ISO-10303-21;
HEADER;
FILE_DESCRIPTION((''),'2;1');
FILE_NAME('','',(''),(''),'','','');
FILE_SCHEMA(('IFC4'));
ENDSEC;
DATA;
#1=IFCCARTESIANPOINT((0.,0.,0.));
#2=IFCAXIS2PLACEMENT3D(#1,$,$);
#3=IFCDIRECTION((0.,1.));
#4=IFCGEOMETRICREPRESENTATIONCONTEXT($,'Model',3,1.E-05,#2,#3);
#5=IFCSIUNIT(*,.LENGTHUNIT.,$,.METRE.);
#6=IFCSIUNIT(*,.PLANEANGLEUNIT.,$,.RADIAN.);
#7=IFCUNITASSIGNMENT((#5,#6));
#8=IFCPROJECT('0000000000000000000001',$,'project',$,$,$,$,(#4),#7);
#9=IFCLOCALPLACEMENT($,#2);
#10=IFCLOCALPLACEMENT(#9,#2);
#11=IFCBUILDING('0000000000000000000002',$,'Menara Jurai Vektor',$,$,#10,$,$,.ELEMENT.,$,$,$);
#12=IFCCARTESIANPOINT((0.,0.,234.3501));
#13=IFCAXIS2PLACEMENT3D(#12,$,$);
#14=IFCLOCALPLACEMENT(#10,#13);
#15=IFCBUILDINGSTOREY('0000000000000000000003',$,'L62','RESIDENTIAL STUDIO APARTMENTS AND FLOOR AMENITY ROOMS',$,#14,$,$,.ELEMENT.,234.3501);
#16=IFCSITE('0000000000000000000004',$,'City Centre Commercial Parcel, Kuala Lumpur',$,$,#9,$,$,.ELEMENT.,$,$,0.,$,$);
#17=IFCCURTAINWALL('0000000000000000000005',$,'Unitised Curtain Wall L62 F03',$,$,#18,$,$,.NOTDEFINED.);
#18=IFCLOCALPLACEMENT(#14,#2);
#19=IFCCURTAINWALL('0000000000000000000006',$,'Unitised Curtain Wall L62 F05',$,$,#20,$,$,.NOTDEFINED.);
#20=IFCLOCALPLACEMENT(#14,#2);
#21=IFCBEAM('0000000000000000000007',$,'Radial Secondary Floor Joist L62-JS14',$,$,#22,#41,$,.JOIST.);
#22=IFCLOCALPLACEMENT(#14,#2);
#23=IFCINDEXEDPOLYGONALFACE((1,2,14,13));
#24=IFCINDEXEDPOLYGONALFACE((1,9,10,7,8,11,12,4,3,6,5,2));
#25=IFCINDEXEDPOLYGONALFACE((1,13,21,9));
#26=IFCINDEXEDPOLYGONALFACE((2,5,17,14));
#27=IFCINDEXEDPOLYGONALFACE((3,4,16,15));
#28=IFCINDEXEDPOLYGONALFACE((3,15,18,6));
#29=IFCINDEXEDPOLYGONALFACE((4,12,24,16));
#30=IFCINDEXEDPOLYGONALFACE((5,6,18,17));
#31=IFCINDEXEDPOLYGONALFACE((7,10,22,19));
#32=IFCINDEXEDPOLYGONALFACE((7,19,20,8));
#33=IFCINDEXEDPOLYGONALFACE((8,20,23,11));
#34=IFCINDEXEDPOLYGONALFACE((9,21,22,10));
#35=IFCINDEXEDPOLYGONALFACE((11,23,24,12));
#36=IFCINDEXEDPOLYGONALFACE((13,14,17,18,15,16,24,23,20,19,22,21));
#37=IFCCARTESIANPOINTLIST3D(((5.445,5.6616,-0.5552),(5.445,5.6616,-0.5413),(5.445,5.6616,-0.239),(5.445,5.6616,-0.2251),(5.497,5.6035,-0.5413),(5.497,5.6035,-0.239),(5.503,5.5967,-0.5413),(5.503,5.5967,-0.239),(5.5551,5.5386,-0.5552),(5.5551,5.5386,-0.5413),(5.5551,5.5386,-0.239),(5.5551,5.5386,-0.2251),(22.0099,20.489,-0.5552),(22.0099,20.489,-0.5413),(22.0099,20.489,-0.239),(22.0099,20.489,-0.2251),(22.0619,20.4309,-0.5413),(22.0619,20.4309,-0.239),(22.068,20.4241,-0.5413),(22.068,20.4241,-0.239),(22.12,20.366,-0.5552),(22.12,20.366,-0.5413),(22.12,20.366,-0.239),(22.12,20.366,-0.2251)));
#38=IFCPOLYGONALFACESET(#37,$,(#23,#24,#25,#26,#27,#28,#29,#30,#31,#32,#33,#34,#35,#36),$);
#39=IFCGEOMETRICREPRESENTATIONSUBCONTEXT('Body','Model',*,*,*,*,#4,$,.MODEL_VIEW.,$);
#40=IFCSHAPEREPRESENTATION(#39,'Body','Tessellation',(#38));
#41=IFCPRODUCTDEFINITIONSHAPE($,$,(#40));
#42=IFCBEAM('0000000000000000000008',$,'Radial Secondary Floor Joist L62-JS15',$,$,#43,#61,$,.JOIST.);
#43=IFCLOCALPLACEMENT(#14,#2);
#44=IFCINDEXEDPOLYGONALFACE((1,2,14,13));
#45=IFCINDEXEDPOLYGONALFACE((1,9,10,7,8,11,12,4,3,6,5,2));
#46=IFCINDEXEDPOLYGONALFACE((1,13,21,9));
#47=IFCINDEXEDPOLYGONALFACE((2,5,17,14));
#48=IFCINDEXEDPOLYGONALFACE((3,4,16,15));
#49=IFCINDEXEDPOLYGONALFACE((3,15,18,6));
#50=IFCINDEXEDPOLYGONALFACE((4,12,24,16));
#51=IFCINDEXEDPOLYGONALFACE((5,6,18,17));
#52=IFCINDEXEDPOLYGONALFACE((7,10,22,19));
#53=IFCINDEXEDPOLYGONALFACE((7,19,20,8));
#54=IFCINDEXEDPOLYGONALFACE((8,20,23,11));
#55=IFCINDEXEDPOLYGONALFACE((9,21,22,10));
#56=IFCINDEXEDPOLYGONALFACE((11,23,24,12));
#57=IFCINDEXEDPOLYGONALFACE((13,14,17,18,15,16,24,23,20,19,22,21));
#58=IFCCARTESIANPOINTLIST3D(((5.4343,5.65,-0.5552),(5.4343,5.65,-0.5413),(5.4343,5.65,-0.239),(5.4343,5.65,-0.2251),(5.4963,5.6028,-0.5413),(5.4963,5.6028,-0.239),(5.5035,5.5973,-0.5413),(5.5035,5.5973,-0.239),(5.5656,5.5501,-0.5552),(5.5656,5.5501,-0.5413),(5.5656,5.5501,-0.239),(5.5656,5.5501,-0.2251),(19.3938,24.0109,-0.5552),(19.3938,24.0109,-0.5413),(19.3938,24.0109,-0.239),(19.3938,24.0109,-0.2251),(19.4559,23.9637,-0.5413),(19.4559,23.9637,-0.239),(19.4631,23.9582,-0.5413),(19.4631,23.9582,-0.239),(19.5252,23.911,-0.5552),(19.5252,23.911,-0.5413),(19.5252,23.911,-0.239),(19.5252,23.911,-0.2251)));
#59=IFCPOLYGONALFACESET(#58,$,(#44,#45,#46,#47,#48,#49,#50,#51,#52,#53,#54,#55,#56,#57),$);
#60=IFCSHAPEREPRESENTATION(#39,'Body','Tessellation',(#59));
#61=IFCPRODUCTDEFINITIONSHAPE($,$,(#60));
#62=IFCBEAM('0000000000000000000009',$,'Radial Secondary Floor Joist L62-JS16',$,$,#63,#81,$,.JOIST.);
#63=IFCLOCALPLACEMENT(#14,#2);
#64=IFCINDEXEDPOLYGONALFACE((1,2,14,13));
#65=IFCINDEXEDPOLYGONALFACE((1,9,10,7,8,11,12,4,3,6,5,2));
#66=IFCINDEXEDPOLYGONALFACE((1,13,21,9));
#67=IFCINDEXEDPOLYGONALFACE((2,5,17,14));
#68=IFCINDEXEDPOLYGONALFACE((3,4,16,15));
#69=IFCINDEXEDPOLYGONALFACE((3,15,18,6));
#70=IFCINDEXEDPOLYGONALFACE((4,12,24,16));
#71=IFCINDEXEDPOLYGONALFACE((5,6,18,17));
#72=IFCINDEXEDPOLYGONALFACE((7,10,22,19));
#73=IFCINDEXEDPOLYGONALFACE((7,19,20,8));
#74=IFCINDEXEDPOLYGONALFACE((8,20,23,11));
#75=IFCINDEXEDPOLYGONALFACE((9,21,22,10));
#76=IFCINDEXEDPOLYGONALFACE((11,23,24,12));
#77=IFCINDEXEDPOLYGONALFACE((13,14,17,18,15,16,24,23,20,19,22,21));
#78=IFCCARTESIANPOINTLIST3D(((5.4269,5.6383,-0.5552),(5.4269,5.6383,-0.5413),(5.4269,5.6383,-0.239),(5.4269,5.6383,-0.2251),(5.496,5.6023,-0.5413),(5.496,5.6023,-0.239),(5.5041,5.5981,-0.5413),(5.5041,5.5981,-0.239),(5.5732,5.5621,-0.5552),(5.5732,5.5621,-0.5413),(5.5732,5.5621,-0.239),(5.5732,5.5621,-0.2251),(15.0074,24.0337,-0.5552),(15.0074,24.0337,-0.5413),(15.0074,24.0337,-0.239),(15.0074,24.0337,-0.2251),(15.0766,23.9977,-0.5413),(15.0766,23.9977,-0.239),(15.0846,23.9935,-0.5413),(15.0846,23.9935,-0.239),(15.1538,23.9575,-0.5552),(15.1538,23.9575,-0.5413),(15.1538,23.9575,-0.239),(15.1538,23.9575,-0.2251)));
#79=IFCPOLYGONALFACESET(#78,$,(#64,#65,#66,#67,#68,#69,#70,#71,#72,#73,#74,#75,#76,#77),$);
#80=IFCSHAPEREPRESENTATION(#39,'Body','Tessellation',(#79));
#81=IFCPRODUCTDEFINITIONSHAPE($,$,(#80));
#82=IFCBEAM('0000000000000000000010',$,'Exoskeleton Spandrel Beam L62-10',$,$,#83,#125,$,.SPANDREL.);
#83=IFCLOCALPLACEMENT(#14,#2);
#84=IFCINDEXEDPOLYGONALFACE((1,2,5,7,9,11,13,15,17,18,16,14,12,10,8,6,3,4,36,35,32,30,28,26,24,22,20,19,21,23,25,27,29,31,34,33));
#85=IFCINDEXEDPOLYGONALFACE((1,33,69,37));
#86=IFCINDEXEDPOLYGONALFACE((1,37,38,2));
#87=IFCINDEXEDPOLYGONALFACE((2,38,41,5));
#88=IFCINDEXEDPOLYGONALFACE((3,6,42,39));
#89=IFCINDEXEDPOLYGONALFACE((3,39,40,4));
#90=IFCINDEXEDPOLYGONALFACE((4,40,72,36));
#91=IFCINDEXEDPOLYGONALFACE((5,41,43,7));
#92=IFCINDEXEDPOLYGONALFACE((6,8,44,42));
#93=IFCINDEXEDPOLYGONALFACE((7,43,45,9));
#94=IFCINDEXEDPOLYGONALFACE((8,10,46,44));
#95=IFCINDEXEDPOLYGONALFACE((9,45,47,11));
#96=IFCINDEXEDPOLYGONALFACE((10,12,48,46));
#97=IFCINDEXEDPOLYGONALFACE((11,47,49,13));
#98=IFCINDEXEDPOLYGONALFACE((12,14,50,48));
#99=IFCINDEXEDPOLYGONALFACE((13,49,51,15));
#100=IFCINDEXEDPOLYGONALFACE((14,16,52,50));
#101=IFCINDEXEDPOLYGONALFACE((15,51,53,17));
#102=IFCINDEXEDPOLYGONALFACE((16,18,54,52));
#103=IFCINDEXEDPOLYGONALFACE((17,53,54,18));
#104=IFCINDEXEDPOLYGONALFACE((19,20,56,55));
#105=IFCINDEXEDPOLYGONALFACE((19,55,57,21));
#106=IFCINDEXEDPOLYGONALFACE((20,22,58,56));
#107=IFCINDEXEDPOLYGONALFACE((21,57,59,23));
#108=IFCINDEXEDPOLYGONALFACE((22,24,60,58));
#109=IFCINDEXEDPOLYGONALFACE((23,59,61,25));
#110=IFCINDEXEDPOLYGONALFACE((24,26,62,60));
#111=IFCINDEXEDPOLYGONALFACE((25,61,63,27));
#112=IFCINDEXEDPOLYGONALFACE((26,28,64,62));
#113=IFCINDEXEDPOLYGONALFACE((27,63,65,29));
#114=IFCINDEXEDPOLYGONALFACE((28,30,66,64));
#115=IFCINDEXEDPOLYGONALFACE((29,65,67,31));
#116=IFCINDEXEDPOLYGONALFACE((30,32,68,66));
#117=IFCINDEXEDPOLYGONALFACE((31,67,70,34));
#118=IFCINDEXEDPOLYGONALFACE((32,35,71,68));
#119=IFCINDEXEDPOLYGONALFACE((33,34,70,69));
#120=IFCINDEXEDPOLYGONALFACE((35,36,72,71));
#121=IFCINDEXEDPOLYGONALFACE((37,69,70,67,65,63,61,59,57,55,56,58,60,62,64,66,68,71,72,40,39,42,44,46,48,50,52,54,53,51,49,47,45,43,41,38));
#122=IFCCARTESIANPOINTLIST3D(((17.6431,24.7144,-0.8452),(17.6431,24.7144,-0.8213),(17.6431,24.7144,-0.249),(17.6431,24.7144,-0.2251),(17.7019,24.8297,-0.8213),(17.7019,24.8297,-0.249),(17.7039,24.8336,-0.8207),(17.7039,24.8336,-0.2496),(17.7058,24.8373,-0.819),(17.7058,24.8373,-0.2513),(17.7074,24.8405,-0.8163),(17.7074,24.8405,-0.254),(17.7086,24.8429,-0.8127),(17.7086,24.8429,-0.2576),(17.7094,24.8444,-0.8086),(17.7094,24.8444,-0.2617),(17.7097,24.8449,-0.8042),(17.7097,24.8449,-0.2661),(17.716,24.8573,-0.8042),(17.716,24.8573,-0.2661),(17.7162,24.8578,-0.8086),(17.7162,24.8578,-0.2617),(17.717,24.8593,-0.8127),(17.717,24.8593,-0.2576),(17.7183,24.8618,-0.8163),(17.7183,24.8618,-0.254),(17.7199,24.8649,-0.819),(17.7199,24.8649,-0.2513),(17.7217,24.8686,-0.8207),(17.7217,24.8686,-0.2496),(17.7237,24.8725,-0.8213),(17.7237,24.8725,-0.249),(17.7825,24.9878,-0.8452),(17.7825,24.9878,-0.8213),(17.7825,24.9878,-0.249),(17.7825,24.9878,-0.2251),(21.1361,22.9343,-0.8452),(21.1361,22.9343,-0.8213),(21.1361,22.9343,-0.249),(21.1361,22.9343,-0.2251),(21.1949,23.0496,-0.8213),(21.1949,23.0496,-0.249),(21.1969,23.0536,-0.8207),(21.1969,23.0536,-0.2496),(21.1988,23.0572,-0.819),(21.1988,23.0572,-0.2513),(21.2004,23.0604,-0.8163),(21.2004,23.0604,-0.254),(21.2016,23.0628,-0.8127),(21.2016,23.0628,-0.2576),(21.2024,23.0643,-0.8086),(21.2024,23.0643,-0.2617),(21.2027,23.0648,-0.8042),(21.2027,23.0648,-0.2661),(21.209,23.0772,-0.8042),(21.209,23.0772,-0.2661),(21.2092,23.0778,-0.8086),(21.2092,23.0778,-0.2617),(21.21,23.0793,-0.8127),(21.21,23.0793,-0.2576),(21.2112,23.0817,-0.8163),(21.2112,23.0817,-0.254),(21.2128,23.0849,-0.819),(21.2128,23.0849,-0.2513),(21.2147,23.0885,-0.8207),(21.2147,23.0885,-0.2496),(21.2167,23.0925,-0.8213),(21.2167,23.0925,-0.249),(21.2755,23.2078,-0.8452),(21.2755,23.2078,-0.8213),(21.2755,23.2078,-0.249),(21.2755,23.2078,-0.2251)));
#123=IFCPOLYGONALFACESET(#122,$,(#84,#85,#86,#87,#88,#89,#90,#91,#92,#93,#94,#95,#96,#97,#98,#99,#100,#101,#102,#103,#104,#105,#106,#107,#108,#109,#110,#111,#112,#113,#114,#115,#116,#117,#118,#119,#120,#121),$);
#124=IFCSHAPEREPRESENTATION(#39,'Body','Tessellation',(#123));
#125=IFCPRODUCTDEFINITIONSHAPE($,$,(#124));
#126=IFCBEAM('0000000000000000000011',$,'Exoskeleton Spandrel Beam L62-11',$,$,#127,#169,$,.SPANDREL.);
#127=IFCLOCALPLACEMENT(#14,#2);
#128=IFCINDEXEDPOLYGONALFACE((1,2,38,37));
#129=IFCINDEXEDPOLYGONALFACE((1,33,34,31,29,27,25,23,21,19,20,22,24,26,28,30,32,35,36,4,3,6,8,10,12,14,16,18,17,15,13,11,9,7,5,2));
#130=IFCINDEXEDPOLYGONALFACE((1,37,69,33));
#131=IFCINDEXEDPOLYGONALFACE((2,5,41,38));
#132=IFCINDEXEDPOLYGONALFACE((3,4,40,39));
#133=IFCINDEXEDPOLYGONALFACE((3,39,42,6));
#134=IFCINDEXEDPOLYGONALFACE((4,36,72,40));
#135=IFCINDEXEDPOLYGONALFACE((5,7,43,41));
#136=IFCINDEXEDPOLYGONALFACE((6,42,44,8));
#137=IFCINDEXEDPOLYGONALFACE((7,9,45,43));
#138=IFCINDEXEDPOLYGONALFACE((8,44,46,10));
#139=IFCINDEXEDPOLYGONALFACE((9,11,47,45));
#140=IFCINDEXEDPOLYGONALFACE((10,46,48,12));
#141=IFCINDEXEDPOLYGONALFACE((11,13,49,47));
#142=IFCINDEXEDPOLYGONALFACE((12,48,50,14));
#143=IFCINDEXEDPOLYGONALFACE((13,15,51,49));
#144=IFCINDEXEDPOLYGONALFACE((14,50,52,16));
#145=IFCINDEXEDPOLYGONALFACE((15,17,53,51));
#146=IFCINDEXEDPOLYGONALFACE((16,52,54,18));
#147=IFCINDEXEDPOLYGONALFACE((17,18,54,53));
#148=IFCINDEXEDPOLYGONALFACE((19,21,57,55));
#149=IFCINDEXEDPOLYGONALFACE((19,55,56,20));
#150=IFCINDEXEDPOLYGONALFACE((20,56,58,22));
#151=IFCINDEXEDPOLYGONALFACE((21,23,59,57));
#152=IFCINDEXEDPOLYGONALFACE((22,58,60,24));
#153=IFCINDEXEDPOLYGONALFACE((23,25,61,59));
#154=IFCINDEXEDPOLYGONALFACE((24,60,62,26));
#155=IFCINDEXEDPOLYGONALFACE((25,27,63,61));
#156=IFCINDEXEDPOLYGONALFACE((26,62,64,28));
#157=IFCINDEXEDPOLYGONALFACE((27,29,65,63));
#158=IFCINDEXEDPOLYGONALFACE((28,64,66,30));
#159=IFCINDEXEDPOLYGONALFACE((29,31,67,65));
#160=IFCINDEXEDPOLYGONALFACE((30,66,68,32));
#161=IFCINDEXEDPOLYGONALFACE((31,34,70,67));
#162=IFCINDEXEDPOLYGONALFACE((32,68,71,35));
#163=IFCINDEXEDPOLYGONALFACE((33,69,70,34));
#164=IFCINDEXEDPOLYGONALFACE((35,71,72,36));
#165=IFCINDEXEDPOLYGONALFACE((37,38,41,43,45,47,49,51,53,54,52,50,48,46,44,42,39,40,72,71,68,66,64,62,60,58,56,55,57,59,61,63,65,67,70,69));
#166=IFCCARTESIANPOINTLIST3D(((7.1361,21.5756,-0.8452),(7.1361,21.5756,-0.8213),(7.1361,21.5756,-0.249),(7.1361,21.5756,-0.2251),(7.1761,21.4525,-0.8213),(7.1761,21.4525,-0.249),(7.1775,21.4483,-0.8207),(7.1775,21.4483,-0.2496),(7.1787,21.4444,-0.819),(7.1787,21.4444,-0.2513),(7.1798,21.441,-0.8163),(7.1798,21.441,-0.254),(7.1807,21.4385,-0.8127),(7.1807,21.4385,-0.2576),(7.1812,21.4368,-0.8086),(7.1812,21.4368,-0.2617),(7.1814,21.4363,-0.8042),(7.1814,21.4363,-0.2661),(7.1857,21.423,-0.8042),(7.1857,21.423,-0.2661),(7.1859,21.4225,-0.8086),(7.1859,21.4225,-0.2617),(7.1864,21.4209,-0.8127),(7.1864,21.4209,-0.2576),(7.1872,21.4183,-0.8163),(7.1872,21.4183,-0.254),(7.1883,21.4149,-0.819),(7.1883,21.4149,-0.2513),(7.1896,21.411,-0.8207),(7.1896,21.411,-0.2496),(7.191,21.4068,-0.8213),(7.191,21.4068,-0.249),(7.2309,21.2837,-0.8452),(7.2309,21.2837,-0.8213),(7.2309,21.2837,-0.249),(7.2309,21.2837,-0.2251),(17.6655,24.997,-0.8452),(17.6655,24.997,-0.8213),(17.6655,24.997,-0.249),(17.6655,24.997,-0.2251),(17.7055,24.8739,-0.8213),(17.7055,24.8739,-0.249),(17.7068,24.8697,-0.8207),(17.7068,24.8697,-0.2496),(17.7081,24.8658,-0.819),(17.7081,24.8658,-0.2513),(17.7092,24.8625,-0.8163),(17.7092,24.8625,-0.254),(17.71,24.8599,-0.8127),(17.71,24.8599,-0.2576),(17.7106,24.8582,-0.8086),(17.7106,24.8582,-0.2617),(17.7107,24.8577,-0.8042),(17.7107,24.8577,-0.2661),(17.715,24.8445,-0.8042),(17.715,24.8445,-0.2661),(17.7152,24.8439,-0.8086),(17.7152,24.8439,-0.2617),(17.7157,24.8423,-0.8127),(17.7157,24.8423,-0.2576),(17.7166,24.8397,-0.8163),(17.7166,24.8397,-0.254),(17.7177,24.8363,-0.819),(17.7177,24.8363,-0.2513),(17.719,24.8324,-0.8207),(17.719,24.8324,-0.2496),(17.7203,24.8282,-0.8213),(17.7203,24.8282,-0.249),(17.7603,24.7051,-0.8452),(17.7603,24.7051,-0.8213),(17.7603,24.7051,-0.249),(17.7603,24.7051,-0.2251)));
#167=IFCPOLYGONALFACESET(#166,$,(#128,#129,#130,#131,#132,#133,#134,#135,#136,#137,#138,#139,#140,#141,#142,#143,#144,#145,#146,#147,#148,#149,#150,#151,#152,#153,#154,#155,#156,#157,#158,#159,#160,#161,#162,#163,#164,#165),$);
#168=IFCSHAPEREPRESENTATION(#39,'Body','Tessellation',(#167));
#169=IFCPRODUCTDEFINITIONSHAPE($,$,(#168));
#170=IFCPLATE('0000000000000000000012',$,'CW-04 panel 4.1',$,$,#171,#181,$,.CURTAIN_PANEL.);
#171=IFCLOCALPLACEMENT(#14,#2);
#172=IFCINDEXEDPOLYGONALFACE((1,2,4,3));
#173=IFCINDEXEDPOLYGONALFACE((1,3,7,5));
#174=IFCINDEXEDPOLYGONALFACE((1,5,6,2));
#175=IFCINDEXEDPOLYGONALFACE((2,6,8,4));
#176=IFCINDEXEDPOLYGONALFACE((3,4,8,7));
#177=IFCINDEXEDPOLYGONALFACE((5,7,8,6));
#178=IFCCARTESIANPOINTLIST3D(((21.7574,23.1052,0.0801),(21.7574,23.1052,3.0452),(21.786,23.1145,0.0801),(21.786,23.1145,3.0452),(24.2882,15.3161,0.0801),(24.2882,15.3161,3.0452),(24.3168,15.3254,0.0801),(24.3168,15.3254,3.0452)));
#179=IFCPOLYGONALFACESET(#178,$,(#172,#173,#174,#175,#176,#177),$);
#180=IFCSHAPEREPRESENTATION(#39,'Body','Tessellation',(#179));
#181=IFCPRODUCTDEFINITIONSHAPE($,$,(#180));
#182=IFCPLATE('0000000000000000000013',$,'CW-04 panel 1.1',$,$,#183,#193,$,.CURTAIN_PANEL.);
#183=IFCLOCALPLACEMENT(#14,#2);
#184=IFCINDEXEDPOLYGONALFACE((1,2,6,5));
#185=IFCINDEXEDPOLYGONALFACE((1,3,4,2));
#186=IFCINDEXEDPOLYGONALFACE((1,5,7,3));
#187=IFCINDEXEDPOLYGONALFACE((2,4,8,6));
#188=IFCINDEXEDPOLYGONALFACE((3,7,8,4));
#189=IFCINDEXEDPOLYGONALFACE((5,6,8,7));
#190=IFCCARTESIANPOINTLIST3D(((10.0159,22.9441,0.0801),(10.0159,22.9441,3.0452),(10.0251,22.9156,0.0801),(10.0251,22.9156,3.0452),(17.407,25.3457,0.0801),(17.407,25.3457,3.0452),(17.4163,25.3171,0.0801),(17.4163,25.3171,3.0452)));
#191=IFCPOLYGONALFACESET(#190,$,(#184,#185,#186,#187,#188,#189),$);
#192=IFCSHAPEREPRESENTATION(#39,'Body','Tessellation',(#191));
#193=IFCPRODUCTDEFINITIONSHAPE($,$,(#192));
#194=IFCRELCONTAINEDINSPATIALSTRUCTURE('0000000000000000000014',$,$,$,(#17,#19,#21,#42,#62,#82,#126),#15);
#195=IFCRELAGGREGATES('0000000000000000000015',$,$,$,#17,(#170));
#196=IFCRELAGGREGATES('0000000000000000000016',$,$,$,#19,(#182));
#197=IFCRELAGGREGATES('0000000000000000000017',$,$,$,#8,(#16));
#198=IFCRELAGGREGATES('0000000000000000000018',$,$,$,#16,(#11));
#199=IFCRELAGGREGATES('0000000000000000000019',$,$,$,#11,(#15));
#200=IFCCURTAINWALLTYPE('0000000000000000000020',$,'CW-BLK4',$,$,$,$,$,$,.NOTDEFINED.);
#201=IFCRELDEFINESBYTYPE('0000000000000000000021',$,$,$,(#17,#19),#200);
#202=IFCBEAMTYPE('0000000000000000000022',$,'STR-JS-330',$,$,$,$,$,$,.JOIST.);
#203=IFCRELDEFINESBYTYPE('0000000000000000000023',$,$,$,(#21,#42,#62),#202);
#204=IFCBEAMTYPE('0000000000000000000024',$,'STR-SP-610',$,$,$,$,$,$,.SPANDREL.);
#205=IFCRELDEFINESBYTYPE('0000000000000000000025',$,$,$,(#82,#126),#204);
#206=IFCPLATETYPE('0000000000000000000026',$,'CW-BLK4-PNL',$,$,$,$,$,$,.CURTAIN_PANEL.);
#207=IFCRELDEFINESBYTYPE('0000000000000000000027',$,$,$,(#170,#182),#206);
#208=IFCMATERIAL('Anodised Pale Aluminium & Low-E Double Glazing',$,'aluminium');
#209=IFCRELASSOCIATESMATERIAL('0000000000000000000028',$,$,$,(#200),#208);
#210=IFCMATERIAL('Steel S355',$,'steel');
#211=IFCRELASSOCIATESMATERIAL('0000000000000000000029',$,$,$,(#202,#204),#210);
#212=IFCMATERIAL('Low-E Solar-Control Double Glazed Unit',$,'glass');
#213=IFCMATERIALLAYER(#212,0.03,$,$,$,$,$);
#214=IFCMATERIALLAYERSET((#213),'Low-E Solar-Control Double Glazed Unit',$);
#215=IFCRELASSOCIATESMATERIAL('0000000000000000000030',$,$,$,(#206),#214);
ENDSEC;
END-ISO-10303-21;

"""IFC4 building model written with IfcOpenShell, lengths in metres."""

from ifc_helpers import new_model, si_unit, direction, frame, origin, origin_2d, place, context, subcontext, project, spatial, rectangle, i_section, extrude, material, layer, layer_set, material_profile, profile_set, type_object, element, aggregate, save


model = new_model("IFC4")

# Units and contexts
model_context = context("Model", 3, precision=1e-05, world=origin(), true_north=direction((0.0, 1.0)))
body_context = subcontext(model_context, "Body", "Model", "MODEL_VIEW")
ifc_project = project(units=[si_unit("LENGTHUNIT", "METRE"), si_unit("PLANEANGLEUNIT", "RADIAN")], contexts=[model_context])

# Site, building, storey
site_placement = place(None, origin())
site = spatial("IfcSite", under=ifc_project, at=site_placement, Name="City Centre Commercial Parcel, Kuala Lumpur", CompositionType="ELEMENT", RefElevation=0.0)
building_placement = place(site_placement, origin())
building = spatial("IfcBuilding", under=site, at=building_placement, Name="Menara Jurai Vektor", CompositionType="ELEMENT")
storey_placement = place(building_placement, frame((0.0, 0.0, 234.3501)))
storey = spatial("IfcBuildingStorey", under=building, at=storey_placement, Name="L62", Description="RESIDENTIAL STUDIO APARTMENTS AND FLOOR AMENITY ROOMS", CompositionType="ELEMENT", Elevation=234.3501)

# Curtain wall
ifc_material_1 = material(Name="Anodised Pale Aluminium & Low-E Double Glazing", Category="aluminium")
curtain_wall_type = type_object("IfcCurtainWallType", Name="CW-BLK4", PredefinedType="NOTDEFINED", material=ifc_material_1)
curtain_wall_1_placement = place(storey_placement, origin())
curtain_wall_1 = element("IfcCurtainWall", 1, at=curtain_wall_1_placement, inside=storey, type_object=curtain_wall_type, Name="Unitised Curtain Wall L62 F03", PredefinedType="NOTDEFINED")

# Curtain wall
curtain_wall_2_placement = place(storey_placement, origin())
curtain_wall_2 = element("IfcCurtainWall", 2, at=curtain_wall_2_placement, inside=storey, type_object=curtain_wall_type, Name="Unitised Curtain Wall L62 F05", PredefinedType="NOTDEFINED")

# Shared definitions
ifc_material_2 = material(Name="Steel S355", Category="steel")

# Beams
ifc_material_profile_1 = material_profile(ifc_material_2, i_section(OverallWidth=0.165, OverallDepth=0.3301, WebThickness=0.009, FlangeThickness=0.0139, at=origin_2d()), Name="PG 330x165x46")
ifc_profile_set_1 = profile_set([ifc_material_profile_1], Name="Steel S355")
beam_type_1 = type_object("IfcBeamType", Name="STR-JS-330", PredefinedType="JOIST", material=ifc_profile_set_1)
beam_1_placement = place(storey_placement, frame((22.0649, 20.4275, -0.3901), z_axis=(-0.745104, -0.666948, 0.0), x_axis=(0.666948, -0.745104, 0.0)))
element("IfcBeam", 3, at=beam_1_placement, inside=storey, type_object=beam_type_1, Name="Radial Secondary Floor Joist L62-JS14", PredefinedType="JOIST", context=body_context, shape_type="SweptSolid", body=[
    extrude(i_section(OverallWidth=0.165, OverallDepth=0.3301, WebThickness=0.009, FlangeThickness=0.0139, at=origin_2d()), origin(), (0.0, 0.0, 1.0), 22.2317),
])
beam_2_placement = place(storey_placement, frame((19.4595, 23.9609, -0.3901), z_axis=(-0.605227, -0.796053, 0.0), x_axis=(0.796053, -0.605227, 0.0)))
element("IfcBeam", 4, at=beam_2_placement, inside=storey, type_object=beam_type_1, Name="Radial Secondary Floor Joist L62-JS15", PredefinedType="JOIST", context=body_context, shape_type="SweptSolid", body=[
    extrude(i_section(OverallWidth=0.165, OverallDepth=0.3301, WebThickness=0.009, FlangeThickness=0.0139, at=origin_2d()), origin(), (0.0, 0.0, 1.0), 23.0649),
])
beam_3_placement = place(storey_placement, frame((15.0806, 23.9956, -0.3901), z_axis=(-0.461918, -0.886923, 0.0), x_axis=(0.886923, -0.461918, 0.0)))
element("IfcBeam", 5, at=beam_3_placement, inside=storey, type_object=beam_type_1, Name="Radial Secondary Floor Joist L62-JS16", PredefinedType="JOIST", context=body_context, shape_type="SweptSolid", body=[
    extrude(i_section(OverallWidth=0.165, OverallDepth=0.3301, WebThickness=0.009, FlangeThickness=0.0139, at=origin_2d()), origin(), (0.0, 0.0, 1.0), 20.7407),
])
ifc_material_profile_2 = material_profile(ifc_material_2, i_section(OverallWidth=0.3069, OverallDepth=0.6201, WebThickness=0.0139, FlangeThickness=0.0239, FilletRadius=0.0171, at=origin_2d()), Name="UKB 610x305x179")
ifc_profile_set_2 = profile_set([ifc_material_profile_2], Name="Steel S355")
beam_type_2 = type_object("IfcBeamType", Name="STR-SP-610", PredefinedType="SPANDREL", material=ifc_profile_set_2)
beam_4_placement = place(storey_placement, frame((21.2058, 23.071, -0.5352), z_axis=(-0.890976, 0.454051, 0.0), x_axis=(-0.454051, -0.890976, 0.0)))
element("IfcBeam", 6, at=beam_4_placement, inside=storey, type_object=beam_type_2, Name="Exoskeleton Spandrel Beam L62-10", PredefinedType="SPANDREL", context=body_context, shape_type="SweptSolid", body=[
    extrude(i_section(OverallWidth=0.3069, OverallDepth=0.6201, WebThickness=0.0139, FlangeThickness=0.0239, FilletRadius=0.0171, at=origin_2d()), origin(), (0.0, 0.0, 1.0), 3.9204),
])
beam_5_placement = place(storey_placement, frame((17.7129, 24.8511, -0.5352), z_axis=(-0.951051, -0.309034, 0.0), x_axis=(0.309034, -0.951051, 0.0)))
element("IfcBeam", 7, at=beam_5_placement, inside=storey, type_object=beam_type_2, Name="Exoskeleton Spandrel Beam L62-11", PredefinedType="SPANDREL", context=body_context, shape_type="SweptSolid", body=[
    extrude(i_section(OverallWidth=0.3069, OverallDepth=0.6201, WebThickness=0.0139, FlangeThickness=0.0239, FilletRadius=0.0171, at=origin_2d()), origin(), (0.0, 0.0, 1.0), 11.0713),
])

# Plates
ifc_material_3 = material(Name="Low-E Solar-Control Double Glazed Unit", Category="glass")
ifc_layer_1 = layer(ifc_material_3, 0.03)
ifc_layer_set_1 = layer_set([ifc_layer_1], Name="Low-E Solar-Control Double Glazed Unit")
plate_type_1 = type_object("IfcPlateType", Name="CW-BLK4-PNL", PredefinedType="CURTAIN_PANEL", material=ifc_layer_set_1)
plate_1_placement = place(storey_placement, frame((23.0371, 19.2153, 0.0801), z_axis=(0.0, 0.0, 1.0), x_axis=(-0.309016, 0.951057, 0.0)))
plate_1 = element("IfcPlate", 8, at=plate_1_placement, type_object=plate_type_1, Name="CW-04 panel 4.1", PredefinedType="CURTAIN_PANEL", context=body_context, shape_type="SweptSolid", body=[
    extrude(rectangle(XDim=8.1899, YDim=0.03, at=origin_2d()), origin(), (0.0, 0.0, 1.0), 2.9651),
])
aggregate(curtain_wall_1, [plate_1])
plate_2_placement = place(storey_placement, frame((13.7161, 24.1306, 0.0801), z_axis=(0.0, 0.0, 1.0), x_axis=(-0.951056, -0.309017, 0.0)))
plate_2 = element("IfcPlate", 9, at=plate_2_placement, type_object=plate_type_1, Name="CW-04 panel 1.1", PredefinedType="CURTAIN_PANEL", context=body_context, shape_type="SweptSolid", body=[
    extrude(rectangle(XDim=7.7715, YDim=0.03, at=origin_2d()), origin(), (0.0, 0.0, 1.0), 2.9651),
])
aggregate(curtain_wall_2, [plate_2])

save(model, "model.ifc")
